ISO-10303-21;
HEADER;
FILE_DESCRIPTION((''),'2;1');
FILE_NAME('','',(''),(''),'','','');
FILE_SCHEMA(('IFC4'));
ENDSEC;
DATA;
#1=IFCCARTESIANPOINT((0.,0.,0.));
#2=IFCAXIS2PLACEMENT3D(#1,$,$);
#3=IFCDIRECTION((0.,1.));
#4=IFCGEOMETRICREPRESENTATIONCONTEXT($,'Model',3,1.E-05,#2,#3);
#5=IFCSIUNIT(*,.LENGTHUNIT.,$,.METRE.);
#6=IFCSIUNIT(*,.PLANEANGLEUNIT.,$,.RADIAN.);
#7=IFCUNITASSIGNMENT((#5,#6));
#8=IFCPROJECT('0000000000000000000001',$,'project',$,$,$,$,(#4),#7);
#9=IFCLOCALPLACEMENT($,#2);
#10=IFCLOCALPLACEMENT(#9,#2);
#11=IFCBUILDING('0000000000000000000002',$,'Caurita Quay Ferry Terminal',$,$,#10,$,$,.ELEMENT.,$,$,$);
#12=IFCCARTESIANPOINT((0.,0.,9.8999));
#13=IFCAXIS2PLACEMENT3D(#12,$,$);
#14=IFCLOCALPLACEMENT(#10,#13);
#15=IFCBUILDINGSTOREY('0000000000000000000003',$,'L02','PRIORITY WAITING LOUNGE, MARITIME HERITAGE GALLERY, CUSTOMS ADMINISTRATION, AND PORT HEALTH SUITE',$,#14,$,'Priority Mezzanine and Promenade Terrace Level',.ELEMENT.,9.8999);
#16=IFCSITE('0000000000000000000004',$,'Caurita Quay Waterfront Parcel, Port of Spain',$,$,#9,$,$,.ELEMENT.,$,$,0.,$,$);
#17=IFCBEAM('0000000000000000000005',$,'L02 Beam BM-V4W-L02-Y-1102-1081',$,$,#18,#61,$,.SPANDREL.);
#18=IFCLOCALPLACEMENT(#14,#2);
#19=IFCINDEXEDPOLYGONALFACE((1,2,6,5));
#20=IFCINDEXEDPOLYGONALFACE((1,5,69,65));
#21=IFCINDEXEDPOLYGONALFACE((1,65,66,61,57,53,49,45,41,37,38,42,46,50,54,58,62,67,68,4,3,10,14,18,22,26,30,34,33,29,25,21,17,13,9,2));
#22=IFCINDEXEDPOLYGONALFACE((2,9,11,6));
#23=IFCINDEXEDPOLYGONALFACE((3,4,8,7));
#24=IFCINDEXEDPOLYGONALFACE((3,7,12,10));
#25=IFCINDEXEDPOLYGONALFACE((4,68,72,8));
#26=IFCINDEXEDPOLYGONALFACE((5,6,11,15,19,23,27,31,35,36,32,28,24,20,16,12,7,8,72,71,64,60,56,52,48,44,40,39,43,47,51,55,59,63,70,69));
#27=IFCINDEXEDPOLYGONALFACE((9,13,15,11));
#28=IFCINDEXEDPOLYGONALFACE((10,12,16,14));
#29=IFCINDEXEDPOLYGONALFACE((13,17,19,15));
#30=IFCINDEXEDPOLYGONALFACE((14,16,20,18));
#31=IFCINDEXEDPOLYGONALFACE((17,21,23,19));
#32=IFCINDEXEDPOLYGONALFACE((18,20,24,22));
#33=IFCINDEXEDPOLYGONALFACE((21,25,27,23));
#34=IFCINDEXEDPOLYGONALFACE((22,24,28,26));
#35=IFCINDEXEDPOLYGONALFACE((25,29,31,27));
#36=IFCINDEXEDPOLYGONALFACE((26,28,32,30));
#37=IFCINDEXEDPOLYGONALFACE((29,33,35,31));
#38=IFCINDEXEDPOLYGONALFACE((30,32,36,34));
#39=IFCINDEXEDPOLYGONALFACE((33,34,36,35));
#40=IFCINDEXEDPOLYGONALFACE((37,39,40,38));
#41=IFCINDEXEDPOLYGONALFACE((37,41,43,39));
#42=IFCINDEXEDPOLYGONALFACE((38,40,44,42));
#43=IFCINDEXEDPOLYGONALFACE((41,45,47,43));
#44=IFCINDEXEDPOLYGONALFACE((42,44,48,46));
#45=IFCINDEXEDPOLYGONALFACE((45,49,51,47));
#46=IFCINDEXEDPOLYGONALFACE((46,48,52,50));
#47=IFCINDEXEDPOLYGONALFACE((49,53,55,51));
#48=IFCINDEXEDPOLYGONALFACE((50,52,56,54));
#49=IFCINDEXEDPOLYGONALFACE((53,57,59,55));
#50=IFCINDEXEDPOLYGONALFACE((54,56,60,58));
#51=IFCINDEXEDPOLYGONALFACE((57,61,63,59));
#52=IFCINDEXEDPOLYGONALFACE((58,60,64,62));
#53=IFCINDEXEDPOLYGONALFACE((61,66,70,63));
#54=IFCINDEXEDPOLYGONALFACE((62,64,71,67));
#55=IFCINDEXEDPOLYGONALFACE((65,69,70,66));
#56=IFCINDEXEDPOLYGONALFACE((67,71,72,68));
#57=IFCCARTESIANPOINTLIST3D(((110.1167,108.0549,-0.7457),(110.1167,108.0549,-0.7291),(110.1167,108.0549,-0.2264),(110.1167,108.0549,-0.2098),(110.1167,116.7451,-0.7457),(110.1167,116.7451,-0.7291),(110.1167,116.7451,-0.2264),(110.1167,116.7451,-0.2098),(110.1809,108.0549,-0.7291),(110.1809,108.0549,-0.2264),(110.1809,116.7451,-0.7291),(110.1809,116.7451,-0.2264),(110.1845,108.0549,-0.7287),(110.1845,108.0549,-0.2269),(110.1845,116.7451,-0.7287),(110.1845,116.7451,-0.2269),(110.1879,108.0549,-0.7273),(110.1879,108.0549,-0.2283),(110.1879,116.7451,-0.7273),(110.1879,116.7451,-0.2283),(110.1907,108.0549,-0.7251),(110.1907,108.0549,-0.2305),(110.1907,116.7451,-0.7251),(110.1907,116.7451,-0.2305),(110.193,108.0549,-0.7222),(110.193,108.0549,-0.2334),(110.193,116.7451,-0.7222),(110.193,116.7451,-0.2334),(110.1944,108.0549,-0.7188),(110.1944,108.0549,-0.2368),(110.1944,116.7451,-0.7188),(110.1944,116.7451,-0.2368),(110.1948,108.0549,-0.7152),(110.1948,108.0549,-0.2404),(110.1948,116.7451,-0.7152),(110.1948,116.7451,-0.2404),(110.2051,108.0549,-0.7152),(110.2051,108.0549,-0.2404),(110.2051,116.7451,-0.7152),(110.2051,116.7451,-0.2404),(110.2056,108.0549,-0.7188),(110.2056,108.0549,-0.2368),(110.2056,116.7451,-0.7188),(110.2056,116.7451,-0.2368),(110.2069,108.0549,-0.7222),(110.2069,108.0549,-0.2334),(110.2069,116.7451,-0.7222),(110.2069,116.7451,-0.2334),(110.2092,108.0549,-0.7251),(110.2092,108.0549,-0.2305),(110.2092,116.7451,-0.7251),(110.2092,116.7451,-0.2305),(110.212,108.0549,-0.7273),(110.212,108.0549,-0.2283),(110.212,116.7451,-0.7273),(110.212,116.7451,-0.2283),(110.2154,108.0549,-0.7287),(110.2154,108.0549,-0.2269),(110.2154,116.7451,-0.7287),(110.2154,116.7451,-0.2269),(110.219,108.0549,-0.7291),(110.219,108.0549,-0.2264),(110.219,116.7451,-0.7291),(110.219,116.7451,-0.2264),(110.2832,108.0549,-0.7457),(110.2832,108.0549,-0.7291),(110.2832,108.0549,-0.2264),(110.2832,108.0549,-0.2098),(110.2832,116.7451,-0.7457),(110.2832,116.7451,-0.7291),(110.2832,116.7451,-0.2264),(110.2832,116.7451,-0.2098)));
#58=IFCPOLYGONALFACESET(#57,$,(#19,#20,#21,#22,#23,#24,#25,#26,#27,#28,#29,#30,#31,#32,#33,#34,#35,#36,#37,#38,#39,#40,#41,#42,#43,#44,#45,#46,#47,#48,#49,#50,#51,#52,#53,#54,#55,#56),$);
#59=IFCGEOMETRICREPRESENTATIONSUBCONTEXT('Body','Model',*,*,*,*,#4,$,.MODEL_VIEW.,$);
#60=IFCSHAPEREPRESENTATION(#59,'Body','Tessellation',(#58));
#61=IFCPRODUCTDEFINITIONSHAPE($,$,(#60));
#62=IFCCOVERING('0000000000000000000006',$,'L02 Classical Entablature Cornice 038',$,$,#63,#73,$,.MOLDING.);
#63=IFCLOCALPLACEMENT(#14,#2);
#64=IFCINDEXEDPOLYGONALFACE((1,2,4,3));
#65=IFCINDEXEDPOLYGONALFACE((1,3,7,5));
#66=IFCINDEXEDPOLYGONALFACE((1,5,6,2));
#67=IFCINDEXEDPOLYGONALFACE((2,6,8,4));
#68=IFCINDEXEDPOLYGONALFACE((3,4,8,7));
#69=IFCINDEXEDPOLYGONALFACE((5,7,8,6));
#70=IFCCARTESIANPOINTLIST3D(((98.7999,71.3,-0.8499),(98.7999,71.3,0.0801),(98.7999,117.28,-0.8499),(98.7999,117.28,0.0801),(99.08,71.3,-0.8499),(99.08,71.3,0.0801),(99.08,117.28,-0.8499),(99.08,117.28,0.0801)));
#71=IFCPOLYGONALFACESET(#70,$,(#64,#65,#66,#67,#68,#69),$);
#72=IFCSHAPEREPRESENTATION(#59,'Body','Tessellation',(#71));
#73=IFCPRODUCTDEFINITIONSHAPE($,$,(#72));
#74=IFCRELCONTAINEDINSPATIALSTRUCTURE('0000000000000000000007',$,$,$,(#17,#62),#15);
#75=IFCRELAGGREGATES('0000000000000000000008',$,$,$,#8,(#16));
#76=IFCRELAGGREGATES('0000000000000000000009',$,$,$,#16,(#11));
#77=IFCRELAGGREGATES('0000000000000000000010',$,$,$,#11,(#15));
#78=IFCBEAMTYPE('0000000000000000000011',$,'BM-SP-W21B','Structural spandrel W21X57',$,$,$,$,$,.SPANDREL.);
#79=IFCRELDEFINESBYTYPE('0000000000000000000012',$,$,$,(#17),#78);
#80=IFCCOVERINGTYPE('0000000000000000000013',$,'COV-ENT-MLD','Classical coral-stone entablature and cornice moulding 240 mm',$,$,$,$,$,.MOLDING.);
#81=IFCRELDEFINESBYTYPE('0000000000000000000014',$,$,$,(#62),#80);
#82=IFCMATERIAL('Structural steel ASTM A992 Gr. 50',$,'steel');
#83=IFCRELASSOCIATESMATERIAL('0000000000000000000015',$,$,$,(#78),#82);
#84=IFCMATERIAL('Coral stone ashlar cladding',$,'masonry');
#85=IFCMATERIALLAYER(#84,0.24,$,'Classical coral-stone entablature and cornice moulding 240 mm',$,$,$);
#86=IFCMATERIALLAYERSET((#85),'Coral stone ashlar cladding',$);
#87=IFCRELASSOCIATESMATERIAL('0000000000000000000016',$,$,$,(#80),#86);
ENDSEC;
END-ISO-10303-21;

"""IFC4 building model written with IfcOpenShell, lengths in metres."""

from ifc_helpers import new_model, si_unit, direction, frame, frame_2d, origin, origin_2d, place, context, subcontext, project, spatial, rectangle, i_section, extrude, material, layer, layer_set, material_profile, profile_set, type_object, element, save


model = new_model("IFC4")

# Units and contexts
model_context = context("Model", 3, precision=1e-05, world=origin(), true_north=direction((0.0, 1.0)))
body_context = subcontext(model_context, "Body", "Model", "MODEL_VIEW")
ifc_project = project(units=[si_unit("LENGTHUNIT", "METRE"), si_unit("PLANEANGLEUNIT", "RADIAN")], contexts=[model_context])

# Site, building, storey
site_placement = place(None, origin())
site = spatial("IfcSite", under=ifc_project, at=site_placement, Name="Caurita Quay Waterfront Parcel, Port of Spain", CompositionType="ELEMENT", RefElevation=0.0)
building_placement = place(site_placement, origin())
building = spatial("IfcBuilding", under=site, at=building_placement, Name="Caurita Quay Ferry Terminal", CompositionType="ELEMENT")
storey_placement = place(building_placement, frame((0.0, 0.0, 9.8999)))
storey = spatial("IfcBuildingStorey", under=building, at=storey_placement, Name="L02", Description="PRIORITY WAITING LOUNGE, MARITIME HERITAGE GALLERY, CUSTOMS ADMINISTRATION, AND PORT HEALTH SUITE", LongName="Priority Mezzanine and Promenade Terrace Level", CompositionType="ELEMENT", Elevation=9.8999)

# Beam
ifc_material_1 = material(Name="Structural steel ASTM A992 Gr. 50", Category="steel")
ifc_material_profile_1 = material_profile(ifc_material_1, i_section(OverallWidth=0.1665, OverallDepth=0.5359, WebThickness=0.0103, FlangeThickness=0.0166, FilletRadius=0.0139, at=origin_2d()), Name="W21X57")
ifc_profile_set_1 = profile_set([ifc_material_profile_1], Name="Structural steel ASTM A992 Gr. 50")
beam_type_1 = type_object("IfcBeamType", Name="BM-SP-W21B", Description="Structural spandrel W21X57", PredefinedType="SPANDREL", material=ifc_profile_set_1)
beam_1_placement = place(storey_placement, frame((110.2, 108.0549, -0.4778), z_axis=(0.0, 1.0, 0.0), x_axis=(-1.0, 0.0, 0.0)))
element("IfcBeam", 1, at=beam_1_placement, inside=storey, type_object=beam_type_1, Name="L02 Beam BM-V4W-L02-Y-1102-1081", PredefinedType="SPANDREL", context=body_context, shape_type="SweptSolid", body=[
    extrude(i_section(OverallWidth=0.1665, OverallDepth=0.5359, WebThickness=0.0103, FlangeThickness=0.0166, FilletRadius=0.0139, at=origin_2d()), origin(), (0.0, 0.0, 1.0), 8.6902),
])

# Covering
ifc_material_2 = material(Name="Coral stone ashlar cladding", Category="masonry")
ifc_layer = layer(ifc_material_2, 0.24, Name="Classical coral-stone entablature and cornice moulding 240 mm")
ifc_layer_set = layer_set([ifc_layer], Name="Coral stone ashlar cladding")
covering_type = type_object("IfcCoveringType", Name="COV-ENT-MLD", Description="Classical coral-stone entablature and cornice moulding 240 mm", PredefinedType="MOLDING", material=ifc_layer_set)
covering_placement = place(storey_placement, frame((98.9399, 117.28, -0.8499), z_axis=(0.0, 0.0, 1.0), x_axis=(0.0, -1.0, 0.0)))
element("IfcCovering", 2, at=covering_placement, inside=storey, type_object=covering_type, Name="L02 Classical Entablature Cornice 038", PredefinedType="MOLDING", context=body_context, shape_type="SweptSolid", body=[
    extrude(rectangle(XDim=45.98, YDim=0.28, at=frame_2d((22.99, 0.0))), origin(), (0.0, 0.0, 1.0), 0.9299),
])

save(model, "model.ifc")
